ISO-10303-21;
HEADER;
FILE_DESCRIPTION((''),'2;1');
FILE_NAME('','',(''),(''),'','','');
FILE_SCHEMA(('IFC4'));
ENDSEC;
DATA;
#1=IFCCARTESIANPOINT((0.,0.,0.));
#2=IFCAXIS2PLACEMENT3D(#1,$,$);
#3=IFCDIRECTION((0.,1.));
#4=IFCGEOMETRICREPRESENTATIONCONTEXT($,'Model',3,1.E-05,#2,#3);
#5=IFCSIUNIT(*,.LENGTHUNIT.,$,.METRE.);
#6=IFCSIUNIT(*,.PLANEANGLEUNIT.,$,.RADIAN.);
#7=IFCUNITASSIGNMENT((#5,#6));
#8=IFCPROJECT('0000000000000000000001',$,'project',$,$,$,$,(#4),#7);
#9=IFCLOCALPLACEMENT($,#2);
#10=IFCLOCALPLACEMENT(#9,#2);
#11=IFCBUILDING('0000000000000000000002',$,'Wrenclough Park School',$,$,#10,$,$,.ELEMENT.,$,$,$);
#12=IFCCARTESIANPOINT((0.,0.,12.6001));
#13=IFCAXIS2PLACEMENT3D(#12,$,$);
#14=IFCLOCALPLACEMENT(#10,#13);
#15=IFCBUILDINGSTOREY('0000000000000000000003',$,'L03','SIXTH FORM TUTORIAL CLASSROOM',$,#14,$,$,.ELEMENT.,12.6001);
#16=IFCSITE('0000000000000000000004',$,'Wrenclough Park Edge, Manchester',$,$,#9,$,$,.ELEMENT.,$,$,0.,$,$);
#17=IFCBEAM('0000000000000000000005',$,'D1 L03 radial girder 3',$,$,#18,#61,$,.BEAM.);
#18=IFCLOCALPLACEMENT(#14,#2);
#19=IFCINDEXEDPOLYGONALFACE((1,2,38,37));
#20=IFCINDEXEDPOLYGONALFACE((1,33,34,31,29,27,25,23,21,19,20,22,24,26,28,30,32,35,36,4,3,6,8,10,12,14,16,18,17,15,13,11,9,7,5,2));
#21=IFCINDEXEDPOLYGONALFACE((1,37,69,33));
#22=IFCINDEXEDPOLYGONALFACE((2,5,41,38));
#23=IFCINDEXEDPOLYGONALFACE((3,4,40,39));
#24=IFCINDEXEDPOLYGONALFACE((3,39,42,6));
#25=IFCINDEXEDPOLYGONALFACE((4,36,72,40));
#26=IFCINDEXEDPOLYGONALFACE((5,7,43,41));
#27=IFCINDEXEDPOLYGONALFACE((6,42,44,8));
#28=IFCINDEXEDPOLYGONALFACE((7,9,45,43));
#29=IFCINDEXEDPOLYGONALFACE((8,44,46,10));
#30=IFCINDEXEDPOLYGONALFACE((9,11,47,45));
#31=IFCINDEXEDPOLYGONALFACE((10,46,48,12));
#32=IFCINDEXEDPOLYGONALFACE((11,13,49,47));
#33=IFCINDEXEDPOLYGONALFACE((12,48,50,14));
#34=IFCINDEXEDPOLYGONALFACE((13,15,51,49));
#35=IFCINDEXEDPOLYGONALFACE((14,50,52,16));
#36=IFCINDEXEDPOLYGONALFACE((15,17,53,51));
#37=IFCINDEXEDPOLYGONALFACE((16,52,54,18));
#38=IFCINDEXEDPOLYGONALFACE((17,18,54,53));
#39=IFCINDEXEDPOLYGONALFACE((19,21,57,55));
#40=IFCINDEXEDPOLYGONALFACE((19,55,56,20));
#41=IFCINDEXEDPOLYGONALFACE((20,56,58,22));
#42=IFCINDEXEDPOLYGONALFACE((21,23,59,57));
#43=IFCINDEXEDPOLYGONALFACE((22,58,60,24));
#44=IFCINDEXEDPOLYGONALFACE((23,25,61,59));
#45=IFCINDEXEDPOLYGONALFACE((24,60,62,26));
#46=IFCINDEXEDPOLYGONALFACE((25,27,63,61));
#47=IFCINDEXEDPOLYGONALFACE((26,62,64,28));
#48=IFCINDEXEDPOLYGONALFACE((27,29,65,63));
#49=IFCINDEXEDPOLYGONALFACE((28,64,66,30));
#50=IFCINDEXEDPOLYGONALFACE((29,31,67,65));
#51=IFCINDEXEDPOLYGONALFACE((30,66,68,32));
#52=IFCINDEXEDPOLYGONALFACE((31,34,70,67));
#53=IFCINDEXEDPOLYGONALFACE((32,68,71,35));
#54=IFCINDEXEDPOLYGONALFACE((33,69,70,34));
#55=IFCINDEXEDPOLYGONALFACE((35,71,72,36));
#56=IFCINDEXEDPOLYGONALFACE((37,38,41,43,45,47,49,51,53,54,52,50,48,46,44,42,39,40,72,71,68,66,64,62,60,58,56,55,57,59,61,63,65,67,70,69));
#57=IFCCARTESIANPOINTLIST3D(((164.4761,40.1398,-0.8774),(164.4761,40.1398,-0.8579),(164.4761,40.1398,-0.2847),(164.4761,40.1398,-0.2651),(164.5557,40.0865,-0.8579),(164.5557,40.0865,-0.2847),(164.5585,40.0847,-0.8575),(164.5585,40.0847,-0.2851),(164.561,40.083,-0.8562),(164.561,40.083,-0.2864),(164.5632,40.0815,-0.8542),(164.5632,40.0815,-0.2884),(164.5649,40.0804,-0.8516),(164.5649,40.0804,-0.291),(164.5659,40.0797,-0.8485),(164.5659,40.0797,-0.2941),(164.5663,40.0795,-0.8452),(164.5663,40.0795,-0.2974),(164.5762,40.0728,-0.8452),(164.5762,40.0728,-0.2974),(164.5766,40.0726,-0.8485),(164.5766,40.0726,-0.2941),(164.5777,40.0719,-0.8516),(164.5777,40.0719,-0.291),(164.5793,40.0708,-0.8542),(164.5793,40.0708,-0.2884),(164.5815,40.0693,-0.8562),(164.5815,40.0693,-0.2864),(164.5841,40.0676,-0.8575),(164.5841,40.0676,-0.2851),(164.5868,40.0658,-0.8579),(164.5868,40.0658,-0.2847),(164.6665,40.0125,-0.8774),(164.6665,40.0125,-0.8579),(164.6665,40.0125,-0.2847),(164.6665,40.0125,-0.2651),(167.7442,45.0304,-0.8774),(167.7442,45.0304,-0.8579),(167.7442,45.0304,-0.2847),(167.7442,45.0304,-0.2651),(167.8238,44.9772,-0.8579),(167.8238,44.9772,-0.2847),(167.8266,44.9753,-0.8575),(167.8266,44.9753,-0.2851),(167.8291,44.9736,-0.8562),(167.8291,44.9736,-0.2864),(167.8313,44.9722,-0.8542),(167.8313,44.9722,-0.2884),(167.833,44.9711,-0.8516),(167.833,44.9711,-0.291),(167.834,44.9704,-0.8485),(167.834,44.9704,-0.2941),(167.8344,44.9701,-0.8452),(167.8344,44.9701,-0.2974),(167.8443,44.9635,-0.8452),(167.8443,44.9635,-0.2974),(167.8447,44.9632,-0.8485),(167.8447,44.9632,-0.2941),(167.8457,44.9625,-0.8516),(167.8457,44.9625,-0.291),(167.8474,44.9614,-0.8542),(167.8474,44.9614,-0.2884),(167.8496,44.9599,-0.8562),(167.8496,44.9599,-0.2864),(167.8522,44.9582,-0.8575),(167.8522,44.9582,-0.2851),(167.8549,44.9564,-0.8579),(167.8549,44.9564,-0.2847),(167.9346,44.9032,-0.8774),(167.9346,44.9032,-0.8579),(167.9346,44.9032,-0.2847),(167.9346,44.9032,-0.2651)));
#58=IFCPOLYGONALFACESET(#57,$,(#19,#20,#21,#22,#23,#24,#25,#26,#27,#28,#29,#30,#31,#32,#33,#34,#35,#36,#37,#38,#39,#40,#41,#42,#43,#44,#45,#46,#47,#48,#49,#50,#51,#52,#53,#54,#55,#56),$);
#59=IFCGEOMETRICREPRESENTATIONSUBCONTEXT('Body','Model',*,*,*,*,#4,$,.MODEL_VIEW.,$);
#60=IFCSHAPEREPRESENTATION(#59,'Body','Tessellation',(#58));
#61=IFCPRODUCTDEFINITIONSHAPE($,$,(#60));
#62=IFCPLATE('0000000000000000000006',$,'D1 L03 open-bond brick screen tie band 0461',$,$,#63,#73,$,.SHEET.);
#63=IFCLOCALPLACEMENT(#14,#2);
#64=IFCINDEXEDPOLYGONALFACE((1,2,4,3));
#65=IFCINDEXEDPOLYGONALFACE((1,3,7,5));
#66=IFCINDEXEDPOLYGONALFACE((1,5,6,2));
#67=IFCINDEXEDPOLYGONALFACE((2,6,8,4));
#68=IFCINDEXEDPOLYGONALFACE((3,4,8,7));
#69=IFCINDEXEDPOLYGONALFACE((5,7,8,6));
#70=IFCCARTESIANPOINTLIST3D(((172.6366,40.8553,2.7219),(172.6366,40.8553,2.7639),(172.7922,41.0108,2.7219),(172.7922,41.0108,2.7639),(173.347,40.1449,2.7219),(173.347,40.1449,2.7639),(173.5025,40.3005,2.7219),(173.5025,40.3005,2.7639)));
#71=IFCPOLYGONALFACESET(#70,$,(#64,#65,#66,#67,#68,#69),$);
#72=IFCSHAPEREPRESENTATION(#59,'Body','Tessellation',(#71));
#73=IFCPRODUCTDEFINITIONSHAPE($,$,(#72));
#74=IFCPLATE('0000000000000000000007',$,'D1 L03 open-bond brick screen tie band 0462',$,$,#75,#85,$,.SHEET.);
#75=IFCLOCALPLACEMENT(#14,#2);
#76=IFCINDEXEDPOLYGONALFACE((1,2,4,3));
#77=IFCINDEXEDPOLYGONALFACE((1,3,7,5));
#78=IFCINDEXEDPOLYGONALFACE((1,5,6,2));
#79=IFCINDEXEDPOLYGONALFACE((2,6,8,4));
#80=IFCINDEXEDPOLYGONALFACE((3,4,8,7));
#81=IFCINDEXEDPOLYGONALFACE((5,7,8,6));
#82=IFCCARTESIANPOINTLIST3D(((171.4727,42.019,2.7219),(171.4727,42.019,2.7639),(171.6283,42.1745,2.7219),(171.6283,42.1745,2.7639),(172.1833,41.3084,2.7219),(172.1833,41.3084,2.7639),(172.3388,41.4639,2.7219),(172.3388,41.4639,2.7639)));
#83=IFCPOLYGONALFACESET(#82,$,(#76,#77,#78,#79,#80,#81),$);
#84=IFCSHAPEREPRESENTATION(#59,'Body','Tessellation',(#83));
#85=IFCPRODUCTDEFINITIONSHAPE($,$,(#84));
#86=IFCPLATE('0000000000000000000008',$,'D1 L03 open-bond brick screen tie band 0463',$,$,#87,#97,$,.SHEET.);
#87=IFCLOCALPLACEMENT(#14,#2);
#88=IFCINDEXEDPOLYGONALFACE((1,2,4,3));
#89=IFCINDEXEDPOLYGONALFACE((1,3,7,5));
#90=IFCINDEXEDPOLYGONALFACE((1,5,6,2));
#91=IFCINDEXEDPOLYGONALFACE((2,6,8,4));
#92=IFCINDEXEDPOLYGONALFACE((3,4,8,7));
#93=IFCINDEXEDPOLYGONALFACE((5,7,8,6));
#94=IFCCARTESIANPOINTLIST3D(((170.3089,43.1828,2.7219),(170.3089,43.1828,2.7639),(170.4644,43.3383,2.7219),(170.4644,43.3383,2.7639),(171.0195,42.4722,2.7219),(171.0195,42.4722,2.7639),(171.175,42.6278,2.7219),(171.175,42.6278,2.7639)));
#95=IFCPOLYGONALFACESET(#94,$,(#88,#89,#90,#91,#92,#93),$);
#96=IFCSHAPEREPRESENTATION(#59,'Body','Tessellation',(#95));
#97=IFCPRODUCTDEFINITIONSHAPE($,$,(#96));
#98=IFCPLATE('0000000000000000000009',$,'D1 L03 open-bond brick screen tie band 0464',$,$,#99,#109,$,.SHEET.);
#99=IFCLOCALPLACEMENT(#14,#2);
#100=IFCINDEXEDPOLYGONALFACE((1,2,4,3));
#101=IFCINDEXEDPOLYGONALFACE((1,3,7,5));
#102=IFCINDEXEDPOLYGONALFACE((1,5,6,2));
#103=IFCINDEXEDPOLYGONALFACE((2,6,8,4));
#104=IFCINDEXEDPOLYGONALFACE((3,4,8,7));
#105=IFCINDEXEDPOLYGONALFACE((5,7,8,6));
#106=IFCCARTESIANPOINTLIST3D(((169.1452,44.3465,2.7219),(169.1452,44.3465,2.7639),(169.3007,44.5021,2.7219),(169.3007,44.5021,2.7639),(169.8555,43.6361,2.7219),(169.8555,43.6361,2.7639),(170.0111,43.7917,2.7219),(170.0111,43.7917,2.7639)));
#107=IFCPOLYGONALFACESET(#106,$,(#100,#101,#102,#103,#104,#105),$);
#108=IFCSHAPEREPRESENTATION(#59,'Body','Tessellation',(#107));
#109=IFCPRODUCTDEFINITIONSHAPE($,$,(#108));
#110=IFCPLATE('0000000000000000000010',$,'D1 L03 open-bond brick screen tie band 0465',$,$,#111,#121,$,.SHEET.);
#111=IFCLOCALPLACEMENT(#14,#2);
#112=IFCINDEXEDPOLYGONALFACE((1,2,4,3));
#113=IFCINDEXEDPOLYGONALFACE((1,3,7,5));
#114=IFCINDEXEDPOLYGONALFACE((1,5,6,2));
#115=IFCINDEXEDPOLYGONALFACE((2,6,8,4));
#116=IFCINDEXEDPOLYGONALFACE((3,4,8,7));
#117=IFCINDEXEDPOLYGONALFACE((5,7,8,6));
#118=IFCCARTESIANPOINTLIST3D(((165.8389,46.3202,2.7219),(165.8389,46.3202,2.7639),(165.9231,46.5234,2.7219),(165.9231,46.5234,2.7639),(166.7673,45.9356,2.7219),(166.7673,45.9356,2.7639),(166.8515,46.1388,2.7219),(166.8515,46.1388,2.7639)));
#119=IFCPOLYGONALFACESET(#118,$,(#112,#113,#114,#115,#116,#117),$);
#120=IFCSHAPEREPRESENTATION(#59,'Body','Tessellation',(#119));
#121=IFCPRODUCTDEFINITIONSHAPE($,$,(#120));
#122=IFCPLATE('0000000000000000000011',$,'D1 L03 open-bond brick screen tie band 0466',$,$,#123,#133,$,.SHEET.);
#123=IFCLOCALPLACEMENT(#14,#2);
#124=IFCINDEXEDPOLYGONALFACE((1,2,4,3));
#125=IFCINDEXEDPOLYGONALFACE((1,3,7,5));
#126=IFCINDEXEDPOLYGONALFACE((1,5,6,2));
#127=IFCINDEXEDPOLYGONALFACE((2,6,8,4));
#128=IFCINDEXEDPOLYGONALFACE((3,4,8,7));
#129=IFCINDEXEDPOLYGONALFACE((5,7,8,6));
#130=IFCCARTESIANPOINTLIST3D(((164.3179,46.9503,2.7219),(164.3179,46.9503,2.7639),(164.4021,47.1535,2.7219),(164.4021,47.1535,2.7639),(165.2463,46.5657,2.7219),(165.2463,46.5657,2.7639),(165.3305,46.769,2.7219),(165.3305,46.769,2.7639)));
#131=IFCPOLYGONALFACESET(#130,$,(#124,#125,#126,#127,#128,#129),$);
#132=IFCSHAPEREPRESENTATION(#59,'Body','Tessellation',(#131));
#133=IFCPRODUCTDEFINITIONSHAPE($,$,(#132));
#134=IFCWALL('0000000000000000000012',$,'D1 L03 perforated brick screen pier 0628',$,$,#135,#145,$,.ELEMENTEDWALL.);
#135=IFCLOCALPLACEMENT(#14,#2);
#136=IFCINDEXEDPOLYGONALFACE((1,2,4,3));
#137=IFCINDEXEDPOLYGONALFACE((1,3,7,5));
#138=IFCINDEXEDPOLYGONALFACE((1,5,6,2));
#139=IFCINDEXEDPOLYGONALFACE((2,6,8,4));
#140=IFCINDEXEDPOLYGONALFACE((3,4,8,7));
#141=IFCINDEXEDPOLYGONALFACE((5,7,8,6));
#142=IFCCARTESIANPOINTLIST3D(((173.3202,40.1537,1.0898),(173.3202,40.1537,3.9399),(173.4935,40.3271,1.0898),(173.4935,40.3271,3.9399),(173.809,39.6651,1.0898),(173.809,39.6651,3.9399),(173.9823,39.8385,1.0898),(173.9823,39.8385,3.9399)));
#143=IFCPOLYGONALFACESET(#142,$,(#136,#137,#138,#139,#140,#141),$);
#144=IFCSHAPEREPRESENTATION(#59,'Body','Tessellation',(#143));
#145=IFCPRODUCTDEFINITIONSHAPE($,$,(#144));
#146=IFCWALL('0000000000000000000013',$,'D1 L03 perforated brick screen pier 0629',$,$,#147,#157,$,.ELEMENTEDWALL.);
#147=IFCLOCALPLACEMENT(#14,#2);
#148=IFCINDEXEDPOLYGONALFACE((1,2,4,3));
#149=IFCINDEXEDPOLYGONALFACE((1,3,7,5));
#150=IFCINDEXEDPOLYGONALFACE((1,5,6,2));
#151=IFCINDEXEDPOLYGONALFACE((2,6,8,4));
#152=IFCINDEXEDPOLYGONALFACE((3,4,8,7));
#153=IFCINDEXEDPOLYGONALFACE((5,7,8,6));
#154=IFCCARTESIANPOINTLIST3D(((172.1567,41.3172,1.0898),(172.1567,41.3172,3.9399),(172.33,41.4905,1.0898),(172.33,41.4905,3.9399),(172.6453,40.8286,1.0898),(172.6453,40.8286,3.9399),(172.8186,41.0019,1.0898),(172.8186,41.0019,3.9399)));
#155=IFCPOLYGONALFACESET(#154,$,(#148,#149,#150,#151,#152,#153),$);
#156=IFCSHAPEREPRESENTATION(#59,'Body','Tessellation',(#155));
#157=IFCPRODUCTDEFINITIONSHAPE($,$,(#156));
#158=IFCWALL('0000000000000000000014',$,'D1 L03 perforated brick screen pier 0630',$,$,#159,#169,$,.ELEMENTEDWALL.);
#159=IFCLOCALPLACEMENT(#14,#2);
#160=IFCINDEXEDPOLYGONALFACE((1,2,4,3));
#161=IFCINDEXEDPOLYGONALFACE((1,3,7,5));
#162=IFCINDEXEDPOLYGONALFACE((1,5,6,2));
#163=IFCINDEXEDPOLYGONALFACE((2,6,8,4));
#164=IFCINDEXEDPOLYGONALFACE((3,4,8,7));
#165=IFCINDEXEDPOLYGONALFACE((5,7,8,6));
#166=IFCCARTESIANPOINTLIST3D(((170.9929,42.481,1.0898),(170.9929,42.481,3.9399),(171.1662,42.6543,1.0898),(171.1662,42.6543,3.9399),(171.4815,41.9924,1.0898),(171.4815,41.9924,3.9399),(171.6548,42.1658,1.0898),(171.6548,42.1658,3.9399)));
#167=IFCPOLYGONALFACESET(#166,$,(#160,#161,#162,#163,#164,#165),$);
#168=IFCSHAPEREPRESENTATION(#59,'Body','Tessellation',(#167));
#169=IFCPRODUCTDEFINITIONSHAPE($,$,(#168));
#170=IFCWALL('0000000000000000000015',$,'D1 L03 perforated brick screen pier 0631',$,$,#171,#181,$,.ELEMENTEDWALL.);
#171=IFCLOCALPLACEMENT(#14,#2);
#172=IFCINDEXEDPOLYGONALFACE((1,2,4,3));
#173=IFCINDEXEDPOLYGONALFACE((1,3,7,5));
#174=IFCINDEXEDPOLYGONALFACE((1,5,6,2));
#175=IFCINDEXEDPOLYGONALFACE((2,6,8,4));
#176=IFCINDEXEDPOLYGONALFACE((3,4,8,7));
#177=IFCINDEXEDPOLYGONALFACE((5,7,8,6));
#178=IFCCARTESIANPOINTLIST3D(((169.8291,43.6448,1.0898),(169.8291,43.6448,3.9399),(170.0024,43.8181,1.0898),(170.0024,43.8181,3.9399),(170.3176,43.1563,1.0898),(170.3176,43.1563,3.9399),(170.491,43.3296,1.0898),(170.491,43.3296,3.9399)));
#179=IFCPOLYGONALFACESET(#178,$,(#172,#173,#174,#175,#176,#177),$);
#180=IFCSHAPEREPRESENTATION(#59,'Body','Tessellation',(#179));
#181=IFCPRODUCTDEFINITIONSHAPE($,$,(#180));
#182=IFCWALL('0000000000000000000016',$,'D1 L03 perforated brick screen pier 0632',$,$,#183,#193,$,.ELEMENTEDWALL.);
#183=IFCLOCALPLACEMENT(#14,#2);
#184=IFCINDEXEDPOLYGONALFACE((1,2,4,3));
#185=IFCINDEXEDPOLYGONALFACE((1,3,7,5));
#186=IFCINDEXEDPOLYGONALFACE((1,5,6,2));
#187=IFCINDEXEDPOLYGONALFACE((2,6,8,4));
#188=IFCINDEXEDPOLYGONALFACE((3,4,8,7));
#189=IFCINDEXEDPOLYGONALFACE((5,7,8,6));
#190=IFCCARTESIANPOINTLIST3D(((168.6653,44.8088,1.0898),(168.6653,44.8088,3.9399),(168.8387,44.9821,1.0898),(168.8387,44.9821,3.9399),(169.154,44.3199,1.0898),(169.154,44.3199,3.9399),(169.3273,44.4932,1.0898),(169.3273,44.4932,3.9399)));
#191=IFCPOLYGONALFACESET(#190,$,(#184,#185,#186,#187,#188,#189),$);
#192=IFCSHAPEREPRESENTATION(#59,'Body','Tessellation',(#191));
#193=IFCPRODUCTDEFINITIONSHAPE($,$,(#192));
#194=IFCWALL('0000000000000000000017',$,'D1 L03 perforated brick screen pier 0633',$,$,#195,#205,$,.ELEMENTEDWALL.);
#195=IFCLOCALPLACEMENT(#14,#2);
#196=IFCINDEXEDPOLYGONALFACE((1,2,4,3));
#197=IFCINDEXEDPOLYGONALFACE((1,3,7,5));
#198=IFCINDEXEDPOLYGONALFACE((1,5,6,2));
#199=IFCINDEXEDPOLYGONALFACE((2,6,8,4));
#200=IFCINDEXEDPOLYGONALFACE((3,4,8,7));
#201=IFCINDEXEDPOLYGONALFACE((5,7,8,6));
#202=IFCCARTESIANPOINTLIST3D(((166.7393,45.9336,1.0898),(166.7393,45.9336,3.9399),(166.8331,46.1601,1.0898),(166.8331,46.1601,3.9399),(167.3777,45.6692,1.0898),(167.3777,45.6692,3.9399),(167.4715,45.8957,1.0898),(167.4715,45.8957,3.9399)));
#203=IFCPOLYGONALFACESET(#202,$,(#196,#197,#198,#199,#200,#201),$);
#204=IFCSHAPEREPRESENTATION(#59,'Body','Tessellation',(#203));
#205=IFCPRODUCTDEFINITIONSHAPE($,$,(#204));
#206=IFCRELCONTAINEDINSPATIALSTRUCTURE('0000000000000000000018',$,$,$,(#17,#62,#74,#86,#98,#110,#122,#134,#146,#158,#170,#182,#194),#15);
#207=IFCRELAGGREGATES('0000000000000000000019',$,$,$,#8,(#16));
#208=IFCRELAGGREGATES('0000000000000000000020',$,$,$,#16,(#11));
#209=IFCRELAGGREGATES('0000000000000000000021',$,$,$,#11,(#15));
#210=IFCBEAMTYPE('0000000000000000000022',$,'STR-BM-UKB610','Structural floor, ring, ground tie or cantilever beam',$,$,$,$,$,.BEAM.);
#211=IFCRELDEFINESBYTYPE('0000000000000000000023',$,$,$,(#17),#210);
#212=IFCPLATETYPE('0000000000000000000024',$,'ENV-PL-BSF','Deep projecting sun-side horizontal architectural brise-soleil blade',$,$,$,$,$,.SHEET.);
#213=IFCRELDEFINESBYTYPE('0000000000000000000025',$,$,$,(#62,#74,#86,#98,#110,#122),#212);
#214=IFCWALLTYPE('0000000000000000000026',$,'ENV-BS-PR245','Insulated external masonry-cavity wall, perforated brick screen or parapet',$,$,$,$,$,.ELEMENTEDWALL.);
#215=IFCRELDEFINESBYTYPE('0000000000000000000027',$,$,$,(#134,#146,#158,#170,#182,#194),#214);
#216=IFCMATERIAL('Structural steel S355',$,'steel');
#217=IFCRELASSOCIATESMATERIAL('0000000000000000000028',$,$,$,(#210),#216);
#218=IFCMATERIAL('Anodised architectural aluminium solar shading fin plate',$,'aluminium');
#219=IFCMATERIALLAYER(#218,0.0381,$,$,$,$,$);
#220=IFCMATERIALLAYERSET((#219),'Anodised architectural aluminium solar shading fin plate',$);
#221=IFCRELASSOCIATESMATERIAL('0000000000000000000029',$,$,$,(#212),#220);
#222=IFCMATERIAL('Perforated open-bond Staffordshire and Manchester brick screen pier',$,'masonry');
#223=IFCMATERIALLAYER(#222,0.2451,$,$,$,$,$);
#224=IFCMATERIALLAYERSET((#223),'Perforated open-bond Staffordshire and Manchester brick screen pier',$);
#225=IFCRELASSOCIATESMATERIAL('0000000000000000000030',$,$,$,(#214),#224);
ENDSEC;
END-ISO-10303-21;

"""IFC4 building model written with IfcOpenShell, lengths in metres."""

from ifc_helpers import new_model, si_unit, direction, frame, frame_2d, origin, origin_2d, place, context, subcontext, project, spatial, rectangle, i_section, extrude, material, layer, layer_set, material_profile, profile_set, type_object, element, save


model = new_model("IFC4")

# Units and contexts
model_context = context("Model", 3, precision=1e-05, world=origin(), true_north=direction((0.0, 1.0)))
body_context = subcontext(model_context, "Body", "Model", "MODEL_VIEW")
ifc_project = project(units=[si_unit("LENGTHUNIT", "METRE"), si_unit("PLANEANGLEUNIT", "RADIAN")], contexts=[model_context])

# Site, building, storey
site_placement = place(None, origin())
site = spatial("IfcSite", under=ifc_project, at=site_placement, Name="Wrenclough Park Edge, Manchester", CompositionType="ELEMENT", RefElevation=0.0)
building_placement = place(site_placement, origin())
building = spatial("IfcBuilding", under=site, at=building_placement, Name="Wrenclough Park School", CompositionType="ELEMENT")
storey_placement = place(building_placement, frame((0.0, 0.0, 12.6001)))
storey = spatial("IfcBuildingStorey", under=building, at=storey_placement, Name="L03", Description="SIXTH FORM TUTORIAL CLASSROOM", CompositionType="ELEMENT", Elevation=12.6001)

# Beam
ifc_material_1 = material(Name="Structural steel S355", Category="steel")
ifc_material_profile_1 = material_profile(ifc_material_1, i_section(OverallWidth=0.229, OverallDepth=0.6123, WebThickness=0.012, FlangeThickness=0.0195, FilletRadius=0.0127, at=origin_2d()), Name="UKB 610x229x125")
ifc_profile_set_1 = profile_set([ifc_material_profile_1], Name="Structural steel S355")
beam_type_1 = type_object("IfcBeamType", Name="STR-BM-UKB610", Description="Structural floor, ring, ground tie or cantilever beam", PredefinedType="BEAM", material=ifc_profile_set_1)
for number, where, z_axis, x_axis, name in (
    (1, (167.8394, 44.9668, -0.5713), (-0.5556, -0.83145, 0.0), (0.83145, -0.5556, 0.0), "D1 L03 radial girder 3"),
):
    element("IfcBeam", number, at=place(storey_placement, frame(where, z_axis=z_axis, x_axis=x_axis)), inside=storey, type_object=beam_type_1, Name=name, PredefinedType="BEAM", context=body_context, shape_type="SweptSolid", body=[
        extrude(i_section(OverallWidth=0.229, OverallDepth=0.6123, WebThickness=0.012, FlangeThickness=0.0195, FilletRadius=0.0127, at=origin_2d()), origin(), (0.0, 0.0, 1.0), 5.8821),
    ])

# Plates
ifc_material_2 = material(Name="Anodised architectural aluminium solar shading fin plate", Category="aluminium")
ifc_layer_1 = layer(ifc_material_2, 0.0381)
ifc_layer_set_1 = layer_set([ifc_layer_1], Name="Anodised architectural aluminium solar shading fin plate")
plate_type = type_object("IfcPlateType", Name="ENV-PL-BSF", Description="Deep projecting sun-side horizontal architectural brise-soleil blade", PredefinedType="SHEET", material=ifc_layer_set_1)
plate_1_placement = place(storey_placement, frame((173.0696, 40.5779, 2.7219), z_axis=(0.0, 0.0, 1.0), x_axis=(-0.707107, 0.707107, 0.0)))
element("IfcPlate", 2, at=plate_1_placement, inside=storey, type_object=plate_type, Name="D1 L03 open-bond brick screen tie band 0461", PredefinedType="SHEET", context=body_context, shape_type="SweptSolid", body=[
    extrude(rectangle(XDim=1.0046, YDim=0.22, at=origin_2d()), origin(), (0.0, 0.0, 1.0), 0.042),
])
for number, where, z_axis, x_axis, name in (
    (3, (171.9058, 41.7415, 2.7219), (0.0, 0.0, 1.0), (-0.707107, 0.707107, 0.0), "D1 L03 open-bond brick screen tie band 0462"),
    (4, (170.7419, 42.9053, 2.7219), (0.0, 0.0, 1.0), (-0.707107, 0.707107, 0.0), "D1 L03 open-bond brick screen tie band 0463"),
):
    element("IfcPlate", number, at=place(storey_placement, frame(where, z_axis=z_axis, x_axis=x_axis)), inside=storey, type_object=plate_type, Name=name, PredefinedType="SHEET", context=body_context, shape_type="SweptSolid", body=[
        extrude(rectangle(XDim=1.0049, YDim=0.22, at=origin_2d()), origin(), (0.0, 0.0, 1.0), 0.042),
    ])
plate_2_placement = place(storey_placement, frame((169.5781, 44.0691, 2.7219), z_axis=(0.0, 0.0, 1.0), x_axis=(-0.707107, 0.707107, 0.0)))
element("IfcPlate", 5, at=plate_2_placement, inside=storey, type_object=plate_type, Name="D1 L03 open-bond brick screen tie band 0464", PredefinedType="SHEET", context=body_context, shape_type="SweptSolid", body=[
    extrude(rectangle(XDim=1.0046, YDim=0.22, at=origin_2d()), origin(), (0.0, 0.0, 1.0), 0.042),
])
for number, where, z_axis, x_axis, name in (
    (6, (166.3452, 46.2295, 2.7219), (0.0, 0.0, 1.0), (-0.923876, 0.382692, 0.0), "D1 L03 open-bond brick screen tie band 0465"),
    (7, (164.8242, 46.8596, 2.7219), (0.0, 0.0, 1.0), (-0.923876, 0.382692, 0.0), "D1 L03 open-bond brick screen tie band 0466"),
):
    element("IfcPlate", number, at=place(storey_placement, frame(where, z_axis=z_axis, x_axis=x_axis)), inside=storey, type_object=plate_type, Name=name, PredefinedType="SHEET", context=body_context, shape_type="SweptSolid", body=[
        extrude(rectangle(XDim=1.0049, YDim=0.22, at=origin_2d()), origin(), (0.0, 0.0, 1.0), 0.042),
    ])

# Walls
ifc_material_3 = material(Name="Perforated open-bond Staffordshire and Manchester brick screen pier", Category="masonry")
ifc_layer_2 = layer(ifc_material_3, 0.2451)
ifc_layer_set_2 = layer_set([ifc_layer_2], Name="Perforated open-bond Staffordshire and Manchester brick screen pier")
wall_type_1 = type_object("IfcWallType", Name="ENV-BS-PR245", Description="Insulated external masonry-cavity wall, perforated brick screen or parapet", PredefinedType="ELEMENTEDWALL", material=ifc_layer_set_2)
wall_1_placement = place(storey_placement, frame((173.8958, 39.7517, 1.0898), z_axis=(0.0, 0.0, 1.0), x_axis=(-0.707283, 0.70693, 0.0)))
element("IfcWall", 8, at=wall_1_placement, inside=storey, type_object=wall_type_1, Name="D1 L03 perforated brick screen pier 0628", PredefinedType="ELEMENTEDWALL", context=body_context, shape_type="SweptSolid", body=[
    extrude(rectangle(XDim=0.6912, YDim=0.2451, at=frame_2d((0.3457, 0.0))), origin(), (0.0, 0.0, 1.0), 2.8501),
])
for number, where, z_axis, x_axis, name in (
    (9, (172.7319, 40.9153, 1.0898), (0.0, 0.0, 1.0), (-0.707107, 0.707107, 0.0), "D1 L03 perforated brick screen pier 0629"),
    (10, (171.5681, 42.0791, 1.0898), (0.0, 0.0, 1.0), (-0.707107, 0.707107, 0.0), "D1 L03 perforated brick screen pier 0630"),
    (11, (170.4043, 43.2429, 1.0898), (0.0, 0.0, 1.0), (-0.707107, 0.707107, 0.0), "D1 L03 perforated brick screen pier 0631"),
):
    element("IfcWall", number, at=place(storey_placement, frame(where, z_axis=z_axis, x_axis=x_axis)), inside=storey, type_object=wall_type_1, Name=name, PredefinedType="ELEMENTEDWALL", context=body_context, shape_type="SweptSolid", body=[
        extrude(rectangle(XDim=0.6909, YDim=0.2451, at=frame_2d((0.3455, 0.0))), origin(), (0.0, 0.0, 1.0), 2.8501),
    ])
wall_2_placement = place(storey_placement, frame((169.2407, 44.4065, 1.0898), z_axis=(0.0, 0.0, 1.0), x_axis=(-0.70693, 0.707283, 0.0)))
element("IfcWall", 12, at=wall_2_placement, inside=storey, type_object=wall_type_1, Name="D1 L03 perforated brick screen pier 0632", PredefinedType="ELEMENTEDWALL", context=body_context, shape_type="SweptSolid", body=[
    extrude(rectangle(XDim=0.6912, YDim=0.2451, at=frame_2d((0.3457, 0.0))), origin(), (0.0, 0.0, 1.0), 2.8501),
])
for number, where, z_axis, x_axis, name in (
    (13, (167.4246, 45.7825, 1.0898), (0.0, 0.0, 1.0), (-0.923901, 0.382633, 0.0), "D1 L03 perforated brick screen pier 0633"),
):
    element("IfcWall", number, at=place(storey_placement, frame(where, z_axis=z_axis, x_axis=x_axis)), inside=storey, type_object=wall_type_1, Name=name, PredefinedType="ELEMENTEDWALL", context=body_context, shape_type="SweptSolid", body=[
        extrude(rectangle(XDim=0.6909, YDim=0.2451, at=frame_2d((0.3455, 0.0))), origin(), (0.0, 0.0, 1.0), 2.8501),
    ])

save(model, "model.ifc")
